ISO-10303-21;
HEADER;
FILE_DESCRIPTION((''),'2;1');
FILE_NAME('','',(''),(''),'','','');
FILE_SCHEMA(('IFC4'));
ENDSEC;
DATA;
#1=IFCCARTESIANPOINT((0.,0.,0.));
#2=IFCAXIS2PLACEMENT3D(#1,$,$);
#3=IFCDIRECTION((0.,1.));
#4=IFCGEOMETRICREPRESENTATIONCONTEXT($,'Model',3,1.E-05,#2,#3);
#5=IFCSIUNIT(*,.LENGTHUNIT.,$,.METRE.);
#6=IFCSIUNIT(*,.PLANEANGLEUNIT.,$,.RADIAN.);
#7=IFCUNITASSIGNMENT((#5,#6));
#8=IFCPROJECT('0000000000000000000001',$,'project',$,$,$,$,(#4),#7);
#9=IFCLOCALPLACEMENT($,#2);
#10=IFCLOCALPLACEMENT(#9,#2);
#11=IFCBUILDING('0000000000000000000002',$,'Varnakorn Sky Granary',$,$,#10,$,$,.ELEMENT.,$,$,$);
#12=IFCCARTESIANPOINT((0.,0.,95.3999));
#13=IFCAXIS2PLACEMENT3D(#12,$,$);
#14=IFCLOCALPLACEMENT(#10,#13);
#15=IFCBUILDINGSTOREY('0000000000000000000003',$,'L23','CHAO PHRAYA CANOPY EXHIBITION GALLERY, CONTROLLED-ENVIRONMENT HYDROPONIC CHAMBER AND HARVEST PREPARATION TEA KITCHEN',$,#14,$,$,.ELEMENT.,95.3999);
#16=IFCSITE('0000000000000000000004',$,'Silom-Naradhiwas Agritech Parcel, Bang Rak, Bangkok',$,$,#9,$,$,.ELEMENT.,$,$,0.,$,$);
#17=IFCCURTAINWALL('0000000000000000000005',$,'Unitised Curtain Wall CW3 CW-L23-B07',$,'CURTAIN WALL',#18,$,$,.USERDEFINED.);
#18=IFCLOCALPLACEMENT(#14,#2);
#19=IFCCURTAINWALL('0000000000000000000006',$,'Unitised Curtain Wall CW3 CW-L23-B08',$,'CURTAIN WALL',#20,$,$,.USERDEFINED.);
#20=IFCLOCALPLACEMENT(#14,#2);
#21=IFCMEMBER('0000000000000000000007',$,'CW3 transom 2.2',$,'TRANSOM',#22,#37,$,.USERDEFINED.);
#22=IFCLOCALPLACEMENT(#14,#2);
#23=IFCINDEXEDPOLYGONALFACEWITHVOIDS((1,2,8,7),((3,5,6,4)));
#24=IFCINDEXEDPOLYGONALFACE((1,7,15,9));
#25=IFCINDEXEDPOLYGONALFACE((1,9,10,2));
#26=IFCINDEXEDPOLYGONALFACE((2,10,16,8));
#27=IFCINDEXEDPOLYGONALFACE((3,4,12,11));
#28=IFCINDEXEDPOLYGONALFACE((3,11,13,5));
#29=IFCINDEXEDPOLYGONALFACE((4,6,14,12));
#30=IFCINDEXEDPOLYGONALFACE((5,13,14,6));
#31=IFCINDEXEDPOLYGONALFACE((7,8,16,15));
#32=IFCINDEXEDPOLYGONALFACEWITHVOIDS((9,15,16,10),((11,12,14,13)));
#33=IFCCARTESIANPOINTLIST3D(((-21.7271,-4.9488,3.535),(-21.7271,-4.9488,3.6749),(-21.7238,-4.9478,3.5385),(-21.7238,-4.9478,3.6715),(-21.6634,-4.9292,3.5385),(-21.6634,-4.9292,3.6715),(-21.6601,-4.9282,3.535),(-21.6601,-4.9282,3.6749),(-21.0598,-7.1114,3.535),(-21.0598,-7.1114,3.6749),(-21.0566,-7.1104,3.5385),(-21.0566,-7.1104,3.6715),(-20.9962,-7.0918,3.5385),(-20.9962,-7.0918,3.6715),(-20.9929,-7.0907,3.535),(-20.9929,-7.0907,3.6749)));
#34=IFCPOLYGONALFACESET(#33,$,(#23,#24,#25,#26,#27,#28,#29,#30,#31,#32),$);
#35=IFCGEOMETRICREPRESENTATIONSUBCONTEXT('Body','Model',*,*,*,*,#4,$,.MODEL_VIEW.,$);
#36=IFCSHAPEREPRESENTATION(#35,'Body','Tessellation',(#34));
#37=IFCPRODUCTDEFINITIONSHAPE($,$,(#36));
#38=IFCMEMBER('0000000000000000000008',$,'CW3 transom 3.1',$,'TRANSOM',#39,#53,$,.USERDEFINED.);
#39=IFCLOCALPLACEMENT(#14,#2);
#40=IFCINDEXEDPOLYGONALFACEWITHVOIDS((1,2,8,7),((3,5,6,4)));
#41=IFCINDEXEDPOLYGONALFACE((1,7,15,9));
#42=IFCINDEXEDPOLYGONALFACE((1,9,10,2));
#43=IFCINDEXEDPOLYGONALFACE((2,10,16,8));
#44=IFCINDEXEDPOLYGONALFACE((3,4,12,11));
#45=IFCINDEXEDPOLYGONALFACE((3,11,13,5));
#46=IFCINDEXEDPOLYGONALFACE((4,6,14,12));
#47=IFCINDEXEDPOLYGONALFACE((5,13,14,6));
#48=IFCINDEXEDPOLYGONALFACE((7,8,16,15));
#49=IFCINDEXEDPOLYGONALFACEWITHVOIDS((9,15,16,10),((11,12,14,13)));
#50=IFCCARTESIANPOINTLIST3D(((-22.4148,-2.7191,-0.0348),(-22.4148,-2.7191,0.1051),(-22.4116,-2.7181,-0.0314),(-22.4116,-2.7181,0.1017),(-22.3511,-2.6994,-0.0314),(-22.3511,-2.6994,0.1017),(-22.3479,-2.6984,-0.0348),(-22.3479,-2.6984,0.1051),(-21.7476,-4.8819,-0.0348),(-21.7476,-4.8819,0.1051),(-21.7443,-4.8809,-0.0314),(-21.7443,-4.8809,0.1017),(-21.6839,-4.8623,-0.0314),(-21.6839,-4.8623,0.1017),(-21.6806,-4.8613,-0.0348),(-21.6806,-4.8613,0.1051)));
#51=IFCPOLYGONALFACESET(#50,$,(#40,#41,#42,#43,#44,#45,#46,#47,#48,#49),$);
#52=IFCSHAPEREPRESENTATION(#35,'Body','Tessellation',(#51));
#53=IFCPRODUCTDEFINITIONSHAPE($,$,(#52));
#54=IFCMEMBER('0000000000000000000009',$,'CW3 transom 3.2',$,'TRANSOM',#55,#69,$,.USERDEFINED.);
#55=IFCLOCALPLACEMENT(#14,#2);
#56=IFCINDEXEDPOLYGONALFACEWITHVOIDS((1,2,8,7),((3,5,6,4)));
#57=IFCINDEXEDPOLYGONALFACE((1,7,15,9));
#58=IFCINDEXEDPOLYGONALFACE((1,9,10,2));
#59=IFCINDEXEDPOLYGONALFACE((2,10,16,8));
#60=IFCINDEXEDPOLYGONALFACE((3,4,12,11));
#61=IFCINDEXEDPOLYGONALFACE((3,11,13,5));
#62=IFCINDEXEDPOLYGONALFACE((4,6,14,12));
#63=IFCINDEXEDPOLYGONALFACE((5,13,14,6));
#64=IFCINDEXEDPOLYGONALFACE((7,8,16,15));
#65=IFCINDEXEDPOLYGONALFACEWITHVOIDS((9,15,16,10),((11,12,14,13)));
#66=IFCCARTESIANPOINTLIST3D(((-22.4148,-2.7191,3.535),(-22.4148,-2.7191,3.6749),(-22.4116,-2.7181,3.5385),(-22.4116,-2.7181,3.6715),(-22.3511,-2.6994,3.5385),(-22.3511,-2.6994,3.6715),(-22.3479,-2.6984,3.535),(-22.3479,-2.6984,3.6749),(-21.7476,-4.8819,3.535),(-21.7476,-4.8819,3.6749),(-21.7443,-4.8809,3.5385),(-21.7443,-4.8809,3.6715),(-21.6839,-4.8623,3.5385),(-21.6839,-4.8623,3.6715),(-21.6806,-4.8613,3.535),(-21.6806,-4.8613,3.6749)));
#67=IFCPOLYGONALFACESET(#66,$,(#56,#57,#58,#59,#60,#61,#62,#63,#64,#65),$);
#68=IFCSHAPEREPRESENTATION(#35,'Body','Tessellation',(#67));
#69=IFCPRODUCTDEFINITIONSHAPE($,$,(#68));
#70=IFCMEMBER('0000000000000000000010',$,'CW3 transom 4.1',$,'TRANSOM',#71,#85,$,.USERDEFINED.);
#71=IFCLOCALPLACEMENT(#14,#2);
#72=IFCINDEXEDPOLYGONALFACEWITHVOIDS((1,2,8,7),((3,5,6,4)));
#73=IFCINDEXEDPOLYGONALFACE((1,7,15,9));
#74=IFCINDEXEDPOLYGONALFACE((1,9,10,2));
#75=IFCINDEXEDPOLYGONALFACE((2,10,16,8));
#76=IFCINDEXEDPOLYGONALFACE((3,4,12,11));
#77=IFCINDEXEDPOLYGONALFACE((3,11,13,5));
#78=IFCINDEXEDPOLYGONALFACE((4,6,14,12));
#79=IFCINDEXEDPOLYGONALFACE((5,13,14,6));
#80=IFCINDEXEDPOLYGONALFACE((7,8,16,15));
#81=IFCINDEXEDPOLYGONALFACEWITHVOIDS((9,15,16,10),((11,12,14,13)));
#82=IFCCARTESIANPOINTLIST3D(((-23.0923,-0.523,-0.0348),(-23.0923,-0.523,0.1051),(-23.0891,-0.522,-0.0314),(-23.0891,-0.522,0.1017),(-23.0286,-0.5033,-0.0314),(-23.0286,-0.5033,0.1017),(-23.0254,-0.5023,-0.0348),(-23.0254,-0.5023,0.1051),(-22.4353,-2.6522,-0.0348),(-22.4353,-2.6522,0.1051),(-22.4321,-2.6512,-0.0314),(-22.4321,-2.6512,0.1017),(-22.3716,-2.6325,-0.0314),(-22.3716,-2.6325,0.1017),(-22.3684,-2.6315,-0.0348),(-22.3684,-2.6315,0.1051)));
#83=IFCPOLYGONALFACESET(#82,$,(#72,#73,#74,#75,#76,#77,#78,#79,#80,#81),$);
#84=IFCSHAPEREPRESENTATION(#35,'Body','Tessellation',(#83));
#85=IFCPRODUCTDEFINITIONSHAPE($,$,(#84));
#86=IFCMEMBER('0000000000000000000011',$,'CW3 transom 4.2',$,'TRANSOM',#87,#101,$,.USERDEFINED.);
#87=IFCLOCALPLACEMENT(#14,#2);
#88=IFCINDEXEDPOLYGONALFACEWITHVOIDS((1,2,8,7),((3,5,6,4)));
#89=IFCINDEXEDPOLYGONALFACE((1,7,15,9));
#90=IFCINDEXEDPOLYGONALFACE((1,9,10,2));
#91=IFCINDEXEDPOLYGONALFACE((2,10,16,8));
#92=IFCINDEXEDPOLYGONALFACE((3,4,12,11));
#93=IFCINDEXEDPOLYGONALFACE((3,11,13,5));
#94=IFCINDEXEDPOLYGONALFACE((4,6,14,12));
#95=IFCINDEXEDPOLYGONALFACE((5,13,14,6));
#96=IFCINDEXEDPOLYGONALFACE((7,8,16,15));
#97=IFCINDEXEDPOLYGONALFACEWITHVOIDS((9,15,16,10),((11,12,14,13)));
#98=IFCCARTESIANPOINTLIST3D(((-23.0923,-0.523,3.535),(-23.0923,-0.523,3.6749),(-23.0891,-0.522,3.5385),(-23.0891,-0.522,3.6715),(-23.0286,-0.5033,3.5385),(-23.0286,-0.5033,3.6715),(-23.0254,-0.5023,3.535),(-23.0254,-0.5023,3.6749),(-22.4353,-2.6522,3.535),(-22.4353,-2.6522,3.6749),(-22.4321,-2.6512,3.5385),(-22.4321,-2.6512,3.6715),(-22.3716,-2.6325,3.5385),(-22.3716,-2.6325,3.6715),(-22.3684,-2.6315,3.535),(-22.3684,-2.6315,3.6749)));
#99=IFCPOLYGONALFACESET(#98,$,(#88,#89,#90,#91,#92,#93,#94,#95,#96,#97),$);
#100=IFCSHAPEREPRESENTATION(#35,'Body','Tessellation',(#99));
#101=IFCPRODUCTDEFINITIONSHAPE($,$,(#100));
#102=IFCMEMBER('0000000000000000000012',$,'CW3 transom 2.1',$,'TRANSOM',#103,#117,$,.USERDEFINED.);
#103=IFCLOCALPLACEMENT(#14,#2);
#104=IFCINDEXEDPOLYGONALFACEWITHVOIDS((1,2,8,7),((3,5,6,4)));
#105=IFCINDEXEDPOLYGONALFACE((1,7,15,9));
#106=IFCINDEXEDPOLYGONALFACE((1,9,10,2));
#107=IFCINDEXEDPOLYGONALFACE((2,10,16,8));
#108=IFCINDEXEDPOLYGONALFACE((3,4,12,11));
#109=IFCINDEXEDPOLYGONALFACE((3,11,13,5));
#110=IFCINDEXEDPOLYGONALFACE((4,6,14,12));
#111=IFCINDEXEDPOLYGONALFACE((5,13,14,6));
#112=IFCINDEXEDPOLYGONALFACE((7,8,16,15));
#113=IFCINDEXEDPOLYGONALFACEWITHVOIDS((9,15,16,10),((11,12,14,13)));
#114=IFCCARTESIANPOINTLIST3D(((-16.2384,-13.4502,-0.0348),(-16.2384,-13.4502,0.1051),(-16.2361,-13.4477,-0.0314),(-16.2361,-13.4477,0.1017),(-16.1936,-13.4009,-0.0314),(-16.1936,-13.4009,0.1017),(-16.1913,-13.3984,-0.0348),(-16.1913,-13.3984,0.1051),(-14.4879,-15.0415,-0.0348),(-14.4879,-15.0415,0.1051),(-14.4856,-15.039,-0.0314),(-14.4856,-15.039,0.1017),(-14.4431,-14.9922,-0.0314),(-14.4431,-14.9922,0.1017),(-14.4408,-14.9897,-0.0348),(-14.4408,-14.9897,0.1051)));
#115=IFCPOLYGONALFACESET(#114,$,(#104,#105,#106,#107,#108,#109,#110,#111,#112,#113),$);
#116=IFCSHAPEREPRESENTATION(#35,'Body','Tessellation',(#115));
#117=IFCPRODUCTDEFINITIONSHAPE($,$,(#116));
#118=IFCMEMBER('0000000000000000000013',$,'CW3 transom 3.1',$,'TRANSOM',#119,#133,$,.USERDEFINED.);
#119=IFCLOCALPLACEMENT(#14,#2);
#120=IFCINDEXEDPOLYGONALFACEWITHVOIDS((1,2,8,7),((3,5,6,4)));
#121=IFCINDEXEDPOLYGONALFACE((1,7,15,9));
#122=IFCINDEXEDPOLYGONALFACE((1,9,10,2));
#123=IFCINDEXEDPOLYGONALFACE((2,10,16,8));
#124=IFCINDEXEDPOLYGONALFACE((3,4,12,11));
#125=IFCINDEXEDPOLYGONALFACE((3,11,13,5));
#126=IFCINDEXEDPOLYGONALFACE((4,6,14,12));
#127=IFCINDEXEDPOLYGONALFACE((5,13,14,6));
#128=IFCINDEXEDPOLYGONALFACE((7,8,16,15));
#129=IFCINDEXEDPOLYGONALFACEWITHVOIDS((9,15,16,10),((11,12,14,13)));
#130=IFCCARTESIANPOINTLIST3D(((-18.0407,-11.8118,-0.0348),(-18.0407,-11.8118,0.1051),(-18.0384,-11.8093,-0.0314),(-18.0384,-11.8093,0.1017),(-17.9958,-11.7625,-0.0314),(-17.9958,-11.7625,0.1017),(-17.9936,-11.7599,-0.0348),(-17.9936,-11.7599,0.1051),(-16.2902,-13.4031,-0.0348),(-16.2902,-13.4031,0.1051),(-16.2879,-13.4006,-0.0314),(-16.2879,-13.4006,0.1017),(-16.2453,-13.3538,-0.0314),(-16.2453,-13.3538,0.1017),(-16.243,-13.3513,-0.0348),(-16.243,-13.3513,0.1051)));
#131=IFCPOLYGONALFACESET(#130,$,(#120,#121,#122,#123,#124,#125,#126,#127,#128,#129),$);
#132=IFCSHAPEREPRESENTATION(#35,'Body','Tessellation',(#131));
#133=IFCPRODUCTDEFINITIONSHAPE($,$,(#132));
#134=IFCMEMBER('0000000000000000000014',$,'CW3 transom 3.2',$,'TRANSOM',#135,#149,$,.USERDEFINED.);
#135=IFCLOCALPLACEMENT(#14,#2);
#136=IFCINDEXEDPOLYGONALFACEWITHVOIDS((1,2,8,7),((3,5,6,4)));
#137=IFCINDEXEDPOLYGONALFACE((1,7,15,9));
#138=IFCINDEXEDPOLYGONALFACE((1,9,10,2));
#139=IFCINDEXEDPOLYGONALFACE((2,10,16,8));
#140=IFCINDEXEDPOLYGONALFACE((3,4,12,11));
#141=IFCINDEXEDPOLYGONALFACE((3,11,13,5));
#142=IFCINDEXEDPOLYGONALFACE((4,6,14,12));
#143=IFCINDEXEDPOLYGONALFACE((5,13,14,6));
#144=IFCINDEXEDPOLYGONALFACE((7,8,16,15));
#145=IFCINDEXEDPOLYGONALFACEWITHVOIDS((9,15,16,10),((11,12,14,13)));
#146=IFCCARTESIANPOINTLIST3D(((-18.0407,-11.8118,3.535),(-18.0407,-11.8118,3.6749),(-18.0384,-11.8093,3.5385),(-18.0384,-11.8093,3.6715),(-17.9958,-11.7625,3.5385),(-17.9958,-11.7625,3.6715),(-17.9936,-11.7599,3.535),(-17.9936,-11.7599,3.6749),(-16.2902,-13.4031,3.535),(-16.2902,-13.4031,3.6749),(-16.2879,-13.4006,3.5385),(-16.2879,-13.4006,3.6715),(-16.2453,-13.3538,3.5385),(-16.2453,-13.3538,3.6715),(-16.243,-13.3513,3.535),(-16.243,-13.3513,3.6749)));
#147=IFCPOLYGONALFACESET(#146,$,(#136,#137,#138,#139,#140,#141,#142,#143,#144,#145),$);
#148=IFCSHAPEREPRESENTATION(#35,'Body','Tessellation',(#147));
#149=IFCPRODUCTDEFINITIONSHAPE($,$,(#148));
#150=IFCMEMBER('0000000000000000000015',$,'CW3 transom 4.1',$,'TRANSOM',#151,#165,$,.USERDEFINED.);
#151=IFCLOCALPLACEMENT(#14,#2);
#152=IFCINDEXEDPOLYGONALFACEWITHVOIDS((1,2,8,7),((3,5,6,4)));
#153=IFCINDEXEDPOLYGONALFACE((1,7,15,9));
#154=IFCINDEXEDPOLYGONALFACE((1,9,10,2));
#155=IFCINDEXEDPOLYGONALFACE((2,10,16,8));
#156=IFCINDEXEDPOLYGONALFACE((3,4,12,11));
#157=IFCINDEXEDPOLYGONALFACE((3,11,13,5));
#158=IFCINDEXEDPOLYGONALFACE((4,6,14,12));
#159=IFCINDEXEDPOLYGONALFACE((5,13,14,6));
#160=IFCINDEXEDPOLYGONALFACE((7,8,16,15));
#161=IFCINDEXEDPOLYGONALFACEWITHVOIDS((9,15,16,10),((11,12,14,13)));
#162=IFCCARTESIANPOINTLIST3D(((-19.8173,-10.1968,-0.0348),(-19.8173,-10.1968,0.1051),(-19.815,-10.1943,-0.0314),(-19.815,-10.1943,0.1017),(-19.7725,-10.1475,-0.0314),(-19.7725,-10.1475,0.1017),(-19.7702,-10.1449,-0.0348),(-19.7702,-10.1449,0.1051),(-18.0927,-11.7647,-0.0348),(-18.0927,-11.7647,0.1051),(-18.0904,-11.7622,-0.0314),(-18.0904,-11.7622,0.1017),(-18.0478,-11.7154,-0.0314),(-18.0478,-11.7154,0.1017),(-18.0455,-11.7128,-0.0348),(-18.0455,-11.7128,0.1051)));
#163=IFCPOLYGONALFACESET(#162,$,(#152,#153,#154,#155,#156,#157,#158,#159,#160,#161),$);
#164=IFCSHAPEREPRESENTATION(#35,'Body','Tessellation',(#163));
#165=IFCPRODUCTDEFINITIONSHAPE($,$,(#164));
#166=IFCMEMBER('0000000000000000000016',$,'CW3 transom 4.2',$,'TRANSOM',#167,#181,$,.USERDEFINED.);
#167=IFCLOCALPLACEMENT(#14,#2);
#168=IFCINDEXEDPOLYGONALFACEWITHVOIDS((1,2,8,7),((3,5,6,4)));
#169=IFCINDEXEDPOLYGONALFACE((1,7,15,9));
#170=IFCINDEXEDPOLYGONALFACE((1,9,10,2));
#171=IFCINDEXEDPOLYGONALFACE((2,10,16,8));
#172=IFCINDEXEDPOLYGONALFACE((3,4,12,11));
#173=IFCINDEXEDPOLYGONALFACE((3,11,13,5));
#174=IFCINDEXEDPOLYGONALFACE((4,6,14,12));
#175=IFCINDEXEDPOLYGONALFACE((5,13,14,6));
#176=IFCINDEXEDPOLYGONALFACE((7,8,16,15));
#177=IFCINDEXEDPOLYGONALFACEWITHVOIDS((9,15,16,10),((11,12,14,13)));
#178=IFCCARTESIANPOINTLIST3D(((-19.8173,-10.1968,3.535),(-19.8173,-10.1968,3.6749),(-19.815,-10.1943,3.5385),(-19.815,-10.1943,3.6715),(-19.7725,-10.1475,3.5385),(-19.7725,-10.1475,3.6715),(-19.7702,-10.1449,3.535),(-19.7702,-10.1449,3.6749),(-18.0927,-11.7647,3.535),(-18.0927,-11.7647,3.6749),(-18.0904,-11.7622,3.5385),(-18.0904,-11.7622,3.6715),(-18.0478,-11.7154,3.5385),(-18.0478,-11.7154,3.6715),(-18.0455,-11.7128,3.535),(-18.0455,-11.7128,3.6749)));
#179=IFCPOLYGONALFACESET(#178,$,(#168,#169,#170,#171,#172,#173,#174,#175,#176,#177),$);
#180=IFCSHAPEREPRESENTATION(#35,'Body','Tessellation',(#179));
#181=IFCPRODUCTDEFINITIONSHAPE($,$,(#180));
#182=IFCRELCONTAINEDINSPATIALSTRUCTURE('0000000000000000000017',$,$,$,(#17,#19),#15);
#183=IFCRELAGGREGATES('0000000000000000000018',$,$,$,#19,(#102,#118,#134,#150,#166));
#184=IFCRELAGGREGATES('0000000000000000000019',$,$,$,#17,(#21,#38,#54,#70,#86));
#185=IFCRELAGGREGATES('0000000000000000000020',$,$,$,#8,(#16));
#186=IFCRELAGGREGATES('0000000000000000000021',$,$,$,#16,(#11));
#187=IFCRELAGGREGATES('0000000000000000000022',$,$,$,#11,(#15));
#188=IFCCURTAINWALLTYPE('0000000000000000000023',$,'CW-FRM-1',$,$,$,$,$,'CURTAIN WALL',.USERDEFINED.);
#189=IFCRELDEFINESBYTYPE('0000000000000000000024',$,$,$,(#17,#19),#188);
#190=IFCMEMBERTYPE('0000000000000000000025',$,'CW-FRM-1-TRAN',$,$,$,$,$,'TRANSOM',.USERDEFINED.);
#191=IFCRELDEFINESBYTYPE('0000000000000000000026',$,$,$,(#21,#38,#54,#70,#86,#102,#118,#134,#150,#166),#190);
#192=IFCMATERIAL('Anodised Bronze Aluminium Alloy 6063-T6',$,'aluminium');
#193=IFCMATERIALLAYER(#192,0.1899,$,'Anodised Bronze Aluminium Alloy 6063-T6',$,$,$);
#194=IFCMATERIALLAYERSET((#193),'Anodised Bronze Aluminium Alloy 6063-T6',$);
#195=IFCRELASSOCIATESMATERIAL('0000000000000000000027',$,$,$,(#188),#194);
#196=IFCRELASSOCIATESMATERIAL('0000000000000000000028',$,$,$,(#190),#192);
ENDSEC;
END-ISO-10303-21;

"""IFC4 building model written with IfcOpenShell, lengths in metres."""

from ifc_helpers import new_model, si_unit, direction, frame, origin, origin_2d, place, context, subcontext, project, spatial, hollow_rectangle, extrude, material, layer, layer_set, material_profile, profile_set, type_object, element, aggregate, save


model = new_model("IFC4")

# Units and contexts
model_context = context("Model", 3, precision=1e-05, world=origin(), true_north=direction((0.0, 1.0)))
body_context = subcontext(model_context, "Body", "Model", "MODEL_VIEW")
ifc_project = project(units=[si_unit("LENGTHUNIT", "METRE"), si_unit("PLANEANGLEUNIT", "RADIAN")], contexts=[model_context])

# Site, building, storey
site_placement = place(None, origin())
site = spatial("IfcSite", under=ifc_project, at=site_placement, Name="Silom-Naradhiwas Agritech Parcel, Bang Rak, Bangkok", CompositionType="ELEMENT", RefElevation=0.0)
building_placement = place(site_placement, origin())
building = spatial("IfcBuilding", under=site, at=building_placement, Name="Varnakorn Sky Granary", CompositionType="ELEMENT")
storey_placement = place(building_placement, frame((0.0, 0.0, 95.3999)))
storey = spatial("IfcBuildingStorey", under=building, at=storey_placement, Name="L23", Description="CHAO PHRAYA CANOPY EXHIBITION GALLERY, CONTROLLED-ENVIRONMENT HYDROPONIC CHAMBER AND HARVEST PREPARATION TEA KITCHEN", CompositionType="ELEMENT", Elevation=95.3999)

# Curtain walls
ifc_material_1 = material(Name="Anodised Bronze Aluminium Alloy 6063-T6", Category="aluminium")
ifc_layer_1 = layer(ifc_material_1, 0.1899, Name="Anodised Bronze Aluminium Alloy 6063-T6")
ifc_layer_set_1 = layer_set([ifc_layer_1], Name="Anodised Bronze Aluminium Alloy 6063-T6")
curtain_wall_type = type_object("IfcCurtainWallType", Name="CW-FRM-1", ElementType="CURTAIN WALL", PredefinedType="USERDEFINED", material=ifc_layer_set_1)
curtain_wall_1_placement = place(storey_placement, origin())
curtain_wall_1 = element("IfcCurtainWall", 1, at=curtain_wall_1_placement, inside=storey, type_object=curtain_wall_type, Name="Unitised Curtain Wall CW3 CW-L23-B07", ObjectType="CURTAIN WALL", PredefinedType="USERDEFINED")
curtain_wall_2_placement = place(storey_placement, origin())
curtain_wall_2 = element("IfcCurtainWall", 2, at=curtain_wall_2_placement, inside=storey, type_object=curtain_wall_type, Name="Unitised Curtain Wall CW3 CW-L23-B08", ObjectType="CURTAIN WALL", PredefinedType="USERDEFINED")

# Members
ifc_material_profile_1 = material_profile(ifc_material_1, hollow_rectangle(XDim=0.0701, YDim=0.1399, WallThickness=0.0034, at=origin_2d()), Name="ALU TRAN 70x140")
ifc_profile_set_1 = profile_set([ifc_material_profile_1], Name="Anodised Bronze Aluminium Alloy 6063-T6")
member_type_1 = type_object("IfcMemberType", Name="CW-FRM-1-TRAN", ElementType="TRANSOM", PredefinedType="USERDEFINED", material=ifc_profile_set_1)
member_1_placement = place(storey_placement, frame((-21.0264, -7.1011, 3.605), z_axis=(-0.294821, 0.955552, 0.0), x_axis=(-0.955552, -0.294821, 0.0)))
member_1 = element("IfcMember", 3, at=member_1_placement, type_object=member_type_1, Name="CW3 transom 2.2", ObjectType="TRANSOM", PredefinedType="USERDEFINED", context=body_context, shape_type="SweptSolid", body=[
    extrude(hollow_rectangle(XDim=0.0701, YDim=0.1399, WallThickness=0.0034, at=origin_2d()), origin(), (0.0, 0.0, 1.0), 2.2632),
])
member_2_placement = place(storey_placement, frame((-21.7141, -4.8716, 0.0352), z_axis=(-0.294791, 0.955562, 0.0), x_axis=(-0.955562, -0.294791, 0.0)))
member_2 = element("IfcMember", 4, at=member_2_placement, type_object=member_type_1, Name="CW3 transom 3.1", ObjectType="TRANSOM", PredefinedType="USERDEFINED", context=body_context, shape_type="SweptSolid", body=[
    extrude(hollow_rectangle(XDim=0.0701, YDim=0.1399, WallThickness=0.0034, at=origin_2d()), origin(), (0.0, 0.0, 1.0), 2.2634),
])
member_3_placement = place(storey_placement, frame((-21.7141, -4.8716, 3.605), z_axis=(-0.294791, 0.955562, 0.0), x_axis=(-0.955562, -0.294791, 0.0)))
member_3 = element("IfcMember", 5, at=member_3_placement, type_object=member_type_1, Name="CW3 transom 3.2", ObjectType="TRANSOM", PredefinedType="USERDEFINED", context=body_context, shape_type="SweptSolid", body=[
    extrude(hollow_rectangle(XDim=0.0701, YDim=0.1399, WallThickness=0.0034, at=origin_2d()), origin(), (0.0, 0.0, 1.0), 2.2634),
])
member_4_placement = place(storey_placement, frame((-22.4019, -2.6418, 0.0352), z_axis=(-0.294848, 0.955544, 0.0), x_axis=(-0.955544, -0.294848, 0.0)))
member_4 = element("IfcMember", 6, at=member_4_placement, type_object=member_type_1, Name="CW3 transom 4.1", ObjectType="TRANSOM", PredefinedType="USERDEFINED", context=body_context, shape_type="SweptSolid", body=[
    extrude(hollow_rectangle(XDim=0.0701, YDim=0.1399, WallThickness=0.0034, at=origin_2d()), origin(), (0.0, 0.0, 1.0), 2.2283),
])
member_5_placement = place(storey_placement, frame((-22.4019, -2.6418, 3.605), z_axis=(-0.294848, 0.955544, 0.0), x_axis=(-0.955544, -0.294848, 0.0)))
member_5 = element("IfcMember", 7, at=member_5_placement, type_object=member_type_1, Name="CW3 transom 4.2", ObjectType="TRANSOM", PredefinedType="USERDEFINED", context=body_context, shape_type="SweptSolid", body=[
    extrude(hollow_rectangle(XDim=0.0701, YDim=0.1399, WallThickness=0.0034, at=origin_2d()), origin(), (0.0, 0.0, 1.0), 2.2283),
])
member_6_placement = place(storey_placement, frame((-14.4644, -15.0156, 0.0352), z_axis=(-0.739949, 0.672663, 0.0), x_axis=(-0.672663, -0.739949, 0.0)))
member_6 = element("IfcMember", 8, at=member_6_placement, type_object=member_type_1, Name="CW3 transom 2.1", ObjectType="TRANSOM", PredefinedType="USERDEFINED", context=body_context, shape_type="SweptSolid", body=[
    extrude(hollow_rectangle(XDim=0.0701, YDim=0.1399, WallThickness=0.0034, at=origin_2d()), origin(), (0.0, 0.0, 1.0), 2.3657),
])
member_7_placement = place(storey_placement, frame((-16.2666, -13.3772, 0.0352), z_axis=(-0.739949, 0.672663, 0.0), x_axis=(-0.672663, -0.739949, 0.0)))
member_7 = element("IfcMember", 9, at=member_7_placement, type_object=member_type_1, Name="CW3 transom 3.1", ObjectType="TRANSOM", PredefinedType="USERDEFINED", context=body_context, shape_type="SweptSolid", body=[
    extrude(hollow_rectangle(XDim=0.0701, YDim=0.1399, WallThickness=0.0034, at=origin_2d()), origin(), (0.0, 0.0, 1.0), 2.3657),
])
member_8_placement = place(storey_placement, frame((-16.2666, -13.3772, 3.605), z_axis=(-0.739949, 0.672663, 0.0), x_axis=(-0.672663, -0.739949, 0.0)))
member_8 = element("IfcMember", 10, at=member_8_placement, type_object=member_type_1, Name="CW3 transom 3.2", ObjectType="TRANSOM", PredefinedType="USERDEFINED", context=body_context, shape_type="SweptSolid", body=[
    extrude(hollow_rectangle(XDim=0.0701, YDim=0.1399, WallThickness=0.0034, at=origin_2d()), origin(), (0.0, 0.0, 1.0), 2.3657),
])
member_9_placement = place(storey_placement, frame((-18.0691, -11.7388, 0.0352), z_axis=(-0.739931, 0.672683, 0.0), x_axis=(-0.672683, -0.739931, 0.0)))
member_9 = element("IfcMember", 11, at=member_9_placement, type_object=member_type_1, Name="CW3 transom 4.1", ObjectType="TRANSOM", PredefinedType="USERDEFINED", context=body_context, shape_type="SweptSolid", body=[
    extrude(hollow_rectangle(XDim=0.0701, YDim=0.1399, WallThickness=0.0034, at=origin_2d()), origin(), (0.0, 0.0, 1.0), 2.3308),
])
member_10_placement = place(storey_placement, frame((-18.0691, -11.7388, 3.605), z_axis=(-0.739931, 0.672683, 0.0), x_axis=(-0.672683, -0.739931, 0.0)))
member_10 = element("IfcMember", 12, at=member_10_placement, type_object=member_type_1, Name="CW3 transom 4.2", ObjectType="TRANSOM", PredefinedType="USERDEFINED", context=body_context, shape_type="SweptSolid", body=[
    extrude(hollow_rectangle(XDim=0.0701, YDim=0.1399, WallThickness=0.0034, at=origin_2d()), origin(), (0.0, 0.0, 1.0), 2.3308),
])

aggregate(curtain_wall_2, [member_6, member_7, member_8, member_9, member_10])
aggregate(curtain_wall_1, [member_1, member_2, member_3, member_4, member_5])

save(model, "model.ifc")
